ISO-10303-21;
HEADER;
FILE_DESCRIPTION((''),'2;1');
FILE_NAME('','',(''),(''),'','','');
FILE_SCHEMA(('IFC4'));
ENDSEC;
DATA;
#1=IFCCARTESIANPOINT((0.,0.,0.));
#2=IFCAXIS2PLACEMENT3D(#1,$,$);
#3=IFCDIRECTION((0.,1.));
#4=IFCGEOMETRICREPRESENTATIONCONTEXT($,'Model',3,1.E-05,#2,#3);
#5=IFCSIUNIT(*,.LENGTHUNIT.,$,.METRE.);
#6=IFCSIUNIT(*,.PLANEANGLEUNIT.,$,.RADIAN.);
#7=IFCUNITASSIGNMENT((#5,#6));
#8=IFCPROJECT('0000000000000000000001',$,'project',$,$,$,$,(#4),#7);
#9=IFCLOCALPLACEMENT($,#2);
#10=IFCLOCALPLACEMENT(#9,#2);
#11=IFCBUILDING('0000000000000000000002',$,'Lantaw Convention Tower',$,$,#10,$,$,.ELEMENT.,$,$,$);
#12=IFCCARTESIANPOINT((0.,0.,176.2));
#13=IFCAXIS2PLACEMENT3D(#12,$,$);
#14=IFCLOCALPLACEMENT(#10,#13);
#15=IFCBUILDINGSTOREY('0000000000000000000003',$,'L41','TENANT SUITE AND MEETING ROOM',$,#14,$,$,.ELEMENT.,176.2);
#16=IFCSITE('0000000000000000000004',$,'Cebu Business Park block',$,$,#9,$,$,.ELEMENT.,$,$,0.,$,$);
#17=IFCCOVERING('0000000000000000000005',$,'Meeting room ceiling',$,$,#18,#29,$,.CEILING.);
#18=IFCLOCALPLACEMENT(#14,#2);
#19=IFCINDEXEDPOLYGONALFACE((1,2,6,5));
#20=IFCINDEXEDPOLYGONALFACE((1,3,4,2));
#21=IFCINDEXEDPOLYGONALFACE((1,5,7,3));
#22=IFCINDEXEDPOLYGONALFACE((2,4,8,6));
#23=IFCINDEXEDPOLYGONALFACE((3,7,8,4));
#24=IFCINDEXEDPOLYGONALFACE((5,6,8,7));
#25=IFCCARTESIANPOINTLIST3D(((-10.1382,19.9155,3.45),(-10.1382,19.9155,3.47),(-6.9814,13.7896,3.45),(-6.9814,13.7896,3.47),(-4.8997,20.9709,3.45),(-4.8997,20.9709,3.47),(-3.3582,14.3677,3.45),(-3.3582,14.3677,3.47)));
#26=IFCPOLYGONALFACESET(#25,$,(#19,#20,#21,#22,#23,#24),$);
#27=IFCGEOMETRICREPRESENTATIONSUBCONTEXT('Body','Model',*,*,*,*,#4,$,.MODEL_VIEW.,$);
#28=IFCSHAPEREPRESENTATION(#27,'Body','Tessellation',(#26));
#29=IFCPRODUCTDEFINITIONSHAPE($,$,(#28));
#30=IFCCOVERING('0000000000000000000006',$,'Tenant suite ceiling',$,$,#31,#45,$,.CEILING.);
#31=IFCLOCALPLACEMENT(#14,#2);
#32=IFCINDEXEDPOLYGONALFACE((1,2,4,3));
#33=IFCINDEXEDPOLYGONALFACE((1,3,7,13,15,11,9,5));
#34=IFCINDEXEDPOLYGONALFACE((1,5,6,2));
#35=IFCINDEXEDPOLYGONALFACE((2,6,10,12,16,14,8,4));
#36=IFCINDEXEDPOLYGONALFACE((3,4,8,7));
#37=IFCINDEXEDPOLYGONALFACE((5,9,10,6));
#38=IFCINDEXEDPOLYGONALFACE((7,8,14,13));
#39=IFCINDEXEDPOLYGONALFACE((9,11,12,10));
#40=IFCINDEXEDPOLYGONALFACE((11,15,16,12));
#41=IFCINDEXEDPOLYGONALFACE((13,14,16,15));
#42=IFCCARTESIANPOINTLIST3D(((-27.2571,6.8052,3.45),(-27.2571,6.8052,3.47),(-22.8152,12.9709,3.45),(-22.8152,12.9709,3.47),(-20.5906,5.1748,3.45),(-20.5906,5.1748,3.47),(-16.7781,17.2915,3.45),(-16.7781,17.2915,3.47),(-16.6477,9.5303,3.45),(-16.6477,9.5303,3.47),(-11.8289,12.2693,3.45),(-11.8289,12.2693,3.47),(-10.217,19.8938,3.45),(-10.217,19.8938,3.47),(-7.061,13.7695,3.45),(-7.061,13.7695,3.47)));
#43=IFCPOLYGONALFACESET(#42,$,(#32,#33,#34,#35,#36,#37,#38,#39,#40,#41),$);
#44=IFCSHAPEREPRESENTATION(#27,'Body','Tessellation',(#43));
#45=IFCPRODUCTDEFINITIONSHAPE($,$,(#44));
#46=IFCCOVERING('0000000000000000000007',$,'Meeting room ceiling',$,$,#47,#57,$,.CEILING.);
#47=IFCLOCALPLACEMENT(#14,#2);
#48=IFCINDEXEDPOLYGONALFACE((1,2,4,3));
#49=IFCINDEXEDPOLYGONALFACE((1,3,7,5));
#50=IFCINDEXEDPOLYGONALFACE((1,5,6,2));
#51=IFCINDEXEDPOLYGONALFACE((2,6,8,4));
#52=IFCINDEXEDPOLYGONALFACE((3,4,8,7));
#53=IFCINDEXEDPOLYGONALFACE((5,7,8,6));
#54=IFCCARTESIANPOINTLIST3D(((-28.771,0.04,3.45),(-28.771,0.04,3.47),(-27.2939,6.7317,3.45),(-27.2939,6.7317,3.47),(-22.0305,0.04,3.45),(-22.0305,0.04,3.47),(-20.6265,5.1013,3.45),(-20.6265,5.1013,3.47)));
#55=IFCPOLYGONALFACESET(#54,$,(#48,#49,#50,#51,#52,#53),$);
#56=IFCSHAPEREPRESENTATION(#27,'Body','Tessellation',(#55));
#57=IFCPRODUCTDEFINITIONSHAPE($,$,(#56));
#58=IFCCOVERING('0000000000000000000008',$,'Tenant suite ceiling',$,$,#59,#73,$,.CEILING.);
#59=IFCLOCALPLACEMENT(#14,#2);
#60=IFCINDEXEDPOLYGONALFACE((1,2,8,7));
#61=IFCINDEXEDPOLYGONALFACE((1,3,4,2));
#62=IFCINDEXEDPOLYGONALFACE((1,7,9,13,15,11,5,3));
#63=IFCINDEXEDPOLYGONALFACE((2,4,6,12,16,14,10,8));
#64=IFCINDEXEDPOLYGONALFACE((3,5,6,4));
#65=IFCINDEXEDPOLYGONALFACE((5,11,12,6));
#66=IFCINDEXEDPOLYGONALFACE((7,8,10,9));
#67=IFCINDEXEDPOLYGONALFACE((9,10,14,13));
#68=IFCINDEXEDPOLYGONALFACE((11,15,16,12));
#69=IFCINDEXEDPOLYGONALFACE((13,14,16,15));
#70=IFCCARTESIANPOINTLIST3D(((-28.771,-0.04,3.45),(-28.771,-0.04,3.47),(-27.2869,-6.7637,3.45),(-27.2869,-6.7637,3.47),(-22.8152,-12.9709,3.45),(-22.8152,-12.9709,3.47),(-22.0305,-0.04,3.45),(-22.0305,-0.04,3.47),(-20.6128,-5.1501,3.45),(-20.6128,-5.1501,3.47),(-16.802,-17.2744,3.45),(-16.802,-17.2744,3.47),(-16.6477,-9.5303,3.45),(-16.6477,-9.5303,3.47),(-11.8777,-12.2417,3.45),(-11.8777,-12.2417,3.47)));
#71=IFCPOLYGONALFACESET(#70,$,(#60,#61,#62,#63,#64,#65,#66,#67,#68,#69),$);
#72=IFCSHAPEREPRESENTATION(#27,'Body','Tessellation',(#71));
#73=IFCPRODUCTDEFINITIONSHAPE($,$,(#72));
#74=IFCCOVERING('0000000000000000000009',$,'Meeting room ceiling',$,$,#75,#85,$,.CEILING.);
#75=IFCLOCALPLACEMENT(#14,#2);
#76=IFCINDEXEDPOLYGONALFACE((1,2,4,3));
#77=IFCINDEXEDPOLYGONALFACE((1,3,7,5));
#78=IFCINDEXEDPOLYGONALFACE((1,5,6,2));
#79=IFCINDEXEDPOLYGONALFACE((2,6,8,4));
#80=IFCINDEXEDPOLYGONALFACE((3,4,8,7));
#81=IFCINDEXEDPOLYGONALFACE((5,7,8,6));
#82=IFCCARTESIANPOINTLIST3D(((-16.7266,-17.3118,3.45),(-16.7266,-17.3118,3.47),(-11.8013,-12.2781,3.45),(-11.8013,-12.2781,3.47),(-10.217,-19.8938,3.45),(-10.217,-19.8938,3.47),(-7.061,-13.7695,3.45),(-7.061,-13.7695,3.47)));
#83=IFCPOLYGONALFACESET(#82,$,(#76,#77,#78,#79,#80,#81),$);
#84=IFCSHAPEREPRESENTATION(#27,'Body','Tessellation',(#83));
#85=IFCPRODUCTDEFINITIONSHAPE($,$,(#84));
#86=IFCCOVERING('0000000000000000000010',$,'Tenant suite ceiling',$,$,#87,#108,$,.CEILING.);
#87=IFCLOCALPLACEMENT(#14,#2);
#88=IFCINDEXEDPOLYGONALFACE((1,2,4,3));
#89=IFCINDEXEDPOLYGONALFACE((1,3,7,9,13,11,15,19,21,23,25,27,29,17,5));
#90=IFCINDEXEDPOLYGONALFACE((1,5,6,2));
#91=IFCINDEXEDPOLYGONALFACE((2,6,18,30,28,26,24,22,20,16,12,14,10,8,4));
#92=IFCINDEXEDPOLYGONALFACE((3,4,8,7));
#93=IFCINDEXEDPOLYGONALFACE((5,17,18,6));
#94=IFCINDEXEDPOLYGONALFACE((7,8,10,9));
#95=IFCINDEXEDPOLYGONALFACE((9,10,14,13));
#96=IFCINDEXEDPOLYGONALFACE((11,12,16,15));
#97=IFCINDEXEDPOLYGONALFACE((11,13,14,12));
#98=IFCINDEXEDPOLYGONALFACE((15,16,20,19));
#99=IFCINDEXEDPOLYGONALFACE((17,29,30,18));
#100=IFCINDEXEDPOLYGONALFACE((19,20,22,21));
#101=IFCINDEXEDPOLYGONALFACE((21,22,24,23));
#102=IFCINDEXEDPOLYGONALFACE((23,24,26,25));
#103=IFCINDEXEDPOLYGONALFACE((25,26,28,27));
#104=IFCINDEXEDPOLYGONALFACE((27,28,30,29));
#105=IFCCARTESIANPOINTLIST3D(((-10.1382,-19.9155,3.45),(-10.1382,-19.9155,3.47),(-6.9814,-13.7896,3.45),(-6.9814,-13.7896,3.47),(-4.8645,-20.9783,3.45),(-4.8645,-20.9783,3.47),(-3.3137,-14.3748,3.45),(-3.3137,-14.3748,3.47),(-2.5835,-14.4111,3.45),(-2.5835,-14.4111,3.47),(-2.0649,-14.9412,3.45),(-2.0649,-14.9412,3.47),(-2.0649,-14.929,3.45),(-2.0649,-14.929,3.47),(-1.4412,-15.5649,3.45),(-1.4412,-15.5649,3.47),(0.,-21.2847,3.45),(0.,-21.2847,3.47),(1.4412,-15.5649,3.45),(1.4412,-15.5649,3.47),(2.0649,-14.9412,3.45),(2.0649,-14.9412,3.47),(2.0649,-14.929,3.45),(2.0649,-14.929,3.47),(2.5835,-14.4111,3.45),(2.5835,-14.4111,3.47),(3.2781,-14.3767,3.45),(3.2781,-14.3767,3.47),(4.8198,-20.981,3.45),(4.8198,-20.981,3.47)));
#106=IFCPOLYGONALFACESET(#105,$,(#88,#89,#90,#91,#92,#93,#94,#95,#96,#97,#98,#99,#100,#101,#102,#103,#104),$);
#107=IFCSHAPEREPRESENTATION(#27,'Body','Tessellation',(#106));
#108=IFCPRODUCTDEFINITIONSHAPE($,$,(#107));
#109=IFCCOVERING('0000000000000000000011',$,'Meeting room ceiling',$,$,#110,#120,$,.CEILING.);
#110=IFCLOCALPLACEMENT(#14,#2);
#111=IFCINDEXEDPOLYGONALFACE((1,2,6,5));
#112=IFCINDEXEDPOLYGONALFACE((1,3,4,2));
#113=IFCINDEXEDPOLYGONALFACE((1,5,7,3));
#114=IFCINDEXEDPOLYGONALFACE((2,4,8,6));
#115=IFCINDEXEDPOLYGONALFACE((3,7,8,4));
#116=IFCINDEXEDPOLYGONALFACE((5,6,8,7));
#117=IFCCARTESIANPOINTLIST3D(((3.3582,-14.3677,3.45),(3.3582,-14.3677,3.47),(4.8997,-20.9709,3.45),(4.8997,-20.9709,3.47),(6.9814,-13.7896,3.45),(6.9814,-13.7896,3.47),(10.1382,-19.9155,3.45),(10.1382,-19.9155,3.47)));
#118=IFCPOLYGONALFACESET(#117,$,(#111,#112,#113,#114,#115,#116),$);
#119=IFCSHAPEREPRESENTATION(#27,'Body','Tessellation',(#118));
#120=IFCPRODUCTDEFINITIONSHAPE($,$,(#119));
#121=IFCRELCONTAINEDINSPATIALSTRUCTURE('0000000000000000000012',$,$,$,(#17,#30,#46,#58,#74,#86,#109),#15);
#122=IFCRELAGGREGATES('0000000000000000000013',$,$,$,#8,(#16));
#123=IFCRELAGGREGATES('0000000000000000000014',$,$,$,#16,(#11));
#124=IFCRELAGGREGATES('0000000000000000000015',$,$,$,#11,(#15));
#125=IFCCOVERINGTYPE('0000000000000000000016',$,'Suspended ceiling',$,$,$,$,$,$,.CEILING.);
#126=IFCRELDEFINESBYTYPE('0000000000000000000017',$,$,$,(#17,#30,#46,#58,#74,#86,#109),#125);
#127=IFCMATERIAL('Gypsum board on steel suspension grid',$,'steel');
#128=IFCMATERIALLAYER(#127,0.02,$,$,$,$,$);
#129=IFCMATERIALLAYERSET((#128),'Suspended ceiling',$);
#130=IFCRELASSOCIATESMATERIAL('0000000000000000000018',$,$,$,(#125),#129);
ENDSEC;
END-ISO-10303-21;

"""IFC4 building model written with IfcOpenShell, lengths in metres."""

from ifc_helpers import new_model, si_unit, direction, frame, origin, place, context, subcontext, project, spatial, polyline, outline, extrude, material, layer, layer_set, type_object, element, save


model = new_model("IFC4")

# Units and contexts
model_context = context("Model", 3, precision=1e-05, world=origin(), true_north=direction((0.0, 1.0)))
body_context = subcontext(model_context, "Body", "Model", "MODEL_VIEW")
ifc_project = project(units=[si_unit("LENGTHUNIT", "METRE"), si_unit("PLANEANGLEUNIT", "RADIAN")], contexts=[model_context])

# Site, building, storey
site_placement = place(None, origin())
site = spatial("IfcSite", under=ifc_project, at=site_placement, Name="Cebu Business Park block", CompositionType="ELEMENT", RefElevation=0.0)
building_placement = place(site_placement, origin())
building = spatial("IfcBuilding", under=site, at=building_placement, Name="Lantaw Convention Tower", CompositionType="ELEMENT")
storey_placement = place(building_placement, frame((0.0, 0.0, 176.2)))
storey = spatial("IfcBuildingStorey", under=building, at=storey_placement, Name="L41", Description="TENANT SUITE AND MEETING ROOM", CompositionType="ELEMENT", Elevation=176.2)

# Coverings
ifc_material_1 = material(Name="Gypsum board on steel suspension grid", Category="steel")
ifc_layer_1 = layer(ifc_material_1, 0.02)
ifc_layer_set_1 = layer_set([ifc_layer_1], Name="Suspended ceiling")
covering_type = type_object("IfcCoveringType", Name="Suspended ceiling", PredefinedType="CEILING", material=ifc_layer_set_1)
covering_1_placement = place(storey_placement, frame((0.0, 0.0, 3.45)))
element("IfcCovering", 1, at=covering_1_placement, inside=storey, type_object=covering_type, Name="Meeting room ceiling", PredefinedType="CEILING", context=body_context, shape_type="SweptSolid", body=[
    extrude(outline(polyline([(-3.3582, 14.3677), (-4.8997, 20.9709), (-10.1382, 19.9155), (-6.9814, 13.7896), (-3.3582, 14.3677)])), origin(), (0.0, 0.0, 1.0), 0.02),
])
covering_2_placement = place(storey_placement, frame((0.0, 0.0, 3.45)))
element("IfcCovering", 2, at=covering_2_placement, inside=storey, type_object=covering_type, Name="Tenant suite ceiling", PredefinedType="CEILING", context=body_context, shape_type="SweptSolid", body=[
    extrude(outline(polyline([(-7.061, 13.7695), (-10.217, 19.8938), (-16.7781, 17.2915), (-22.8152, 12.9709), (-27.2571, 6.8052), (-20.5906, 5.1748), (-16.6477, 9.5303), (-11.8289, 12.2693), (-7.061, 13.7695)])), origin(), (0.0, 0.0, 1.0), 0.02),
])
covering_3_placement = place(storey_placement, frame((0.0, 0.0, 3.45)))
element("IfcCovering", 3, at=covering_3_placement, inside=storey, type_object=covering_type, Name="Meeting room ceiling", PredefinedType="CEILING", context=body_context, shape_type="SweptSolid", body=[
    extrude(outline(polyline([(-20.6265, 5.1013), (-27.2939, 6.7317), (-28.771, 0.04), (-22.0305, 0.04), (-20.6265, 5.1013)])), origin(), (0.0, 0.0, 1.0), 0.02),
])
covering_4_placement = place(storey_placement, frame((0.0, 0.0, 3.45)))
element("IfcCovering", 4, at=covering_4_placement, inside=storey, type_object=covering_type, Name="Tenant suite ceiling", PredefinedType="CEILING", context=body_context, shape_type="SweptSolid", body=[
    extrude(outline(polyline([(-22.0305, -0.04), (-28.771, -0.04), (-27.2869, -6.7637), (-22.8152, -12.9709), (-16.802, -17.2744), (-11.8777, -12.2417), (-16.6477, -9.5303), (-20.6128, -5.1501), (-22.0305, -0.04)])), origin(), (0.0, 0.0, 1.0), 0.02),
])
covering_5_placement = place(storey_placement, frame((0.0, 0.0, 3.45)))
element("IfcCovering", 5, at=covering_5_placement, inside=storey, type_object=covering_type, Name="Meeting room ceiling", PredefinedType="CEILING", context=body_context, shape_type="SweptSolid", body=[
    extrude(outline(polyline([(-11.8013, -12.2781), (-16.7266, -17.3118), (-10.217, -19.8938), (-7.061, -13.7695), (-11.8013, -12.2781)])), origin(), (0.0, 0.0, 1.0), 0.02),
])
covering_6_placement = place(storey_placement, frame((0.0, 0.0, 3.45)))
element("IfcCovering", 6, at=covering_6_placement, inside=storey, type_object=covering_type, Name="Tenant suite ceiling", PredefinedType="CEILING", context=body_context, shape_type="SweptSolid", body=[
    extrude(outline(polyline([(-2.5835, -14.4111), (-3.3137, -14.3748), (-6.9814, -13.7896), (-10.1382, -19.9155), (-4.8645, -20.9783), (0.0, -21.2847), (4.8198, -20.981), (3.2781, -14.3767), (2.5835, -14.4111), (2.0649, -14.929), (2.0649, -14.9412), (1.4412, -15.5649), (-1.4412, -15.5649), (-2.0649, -14.9412), (-2.0649, -14.929), (-2.5835, -14.4111)])), origin(), (0.0, 0.0, 1.0), 0.02),
])
covering_7_placement = place(storey_placement, frame((0.0, 0.0, 3.45)))
element("IfcCovering", 7, at=covering_7_placement, inside=storey, type_object=covering_type, Name="Meeting room ceiling", PredefinedType="CEILING", context=body_context, shape_type="SweptSolid", body=[
    extrude(outline(polyline([(3.3582, -14.3677), (4.8997, -20.9709), (10.1382, -19.9155), (6.9814, -13.7896), (3.3582, -14.3677)])), origin(), (0.0, 0.0, 1.0), 0.02),
])

save(model, "model.ifc")
